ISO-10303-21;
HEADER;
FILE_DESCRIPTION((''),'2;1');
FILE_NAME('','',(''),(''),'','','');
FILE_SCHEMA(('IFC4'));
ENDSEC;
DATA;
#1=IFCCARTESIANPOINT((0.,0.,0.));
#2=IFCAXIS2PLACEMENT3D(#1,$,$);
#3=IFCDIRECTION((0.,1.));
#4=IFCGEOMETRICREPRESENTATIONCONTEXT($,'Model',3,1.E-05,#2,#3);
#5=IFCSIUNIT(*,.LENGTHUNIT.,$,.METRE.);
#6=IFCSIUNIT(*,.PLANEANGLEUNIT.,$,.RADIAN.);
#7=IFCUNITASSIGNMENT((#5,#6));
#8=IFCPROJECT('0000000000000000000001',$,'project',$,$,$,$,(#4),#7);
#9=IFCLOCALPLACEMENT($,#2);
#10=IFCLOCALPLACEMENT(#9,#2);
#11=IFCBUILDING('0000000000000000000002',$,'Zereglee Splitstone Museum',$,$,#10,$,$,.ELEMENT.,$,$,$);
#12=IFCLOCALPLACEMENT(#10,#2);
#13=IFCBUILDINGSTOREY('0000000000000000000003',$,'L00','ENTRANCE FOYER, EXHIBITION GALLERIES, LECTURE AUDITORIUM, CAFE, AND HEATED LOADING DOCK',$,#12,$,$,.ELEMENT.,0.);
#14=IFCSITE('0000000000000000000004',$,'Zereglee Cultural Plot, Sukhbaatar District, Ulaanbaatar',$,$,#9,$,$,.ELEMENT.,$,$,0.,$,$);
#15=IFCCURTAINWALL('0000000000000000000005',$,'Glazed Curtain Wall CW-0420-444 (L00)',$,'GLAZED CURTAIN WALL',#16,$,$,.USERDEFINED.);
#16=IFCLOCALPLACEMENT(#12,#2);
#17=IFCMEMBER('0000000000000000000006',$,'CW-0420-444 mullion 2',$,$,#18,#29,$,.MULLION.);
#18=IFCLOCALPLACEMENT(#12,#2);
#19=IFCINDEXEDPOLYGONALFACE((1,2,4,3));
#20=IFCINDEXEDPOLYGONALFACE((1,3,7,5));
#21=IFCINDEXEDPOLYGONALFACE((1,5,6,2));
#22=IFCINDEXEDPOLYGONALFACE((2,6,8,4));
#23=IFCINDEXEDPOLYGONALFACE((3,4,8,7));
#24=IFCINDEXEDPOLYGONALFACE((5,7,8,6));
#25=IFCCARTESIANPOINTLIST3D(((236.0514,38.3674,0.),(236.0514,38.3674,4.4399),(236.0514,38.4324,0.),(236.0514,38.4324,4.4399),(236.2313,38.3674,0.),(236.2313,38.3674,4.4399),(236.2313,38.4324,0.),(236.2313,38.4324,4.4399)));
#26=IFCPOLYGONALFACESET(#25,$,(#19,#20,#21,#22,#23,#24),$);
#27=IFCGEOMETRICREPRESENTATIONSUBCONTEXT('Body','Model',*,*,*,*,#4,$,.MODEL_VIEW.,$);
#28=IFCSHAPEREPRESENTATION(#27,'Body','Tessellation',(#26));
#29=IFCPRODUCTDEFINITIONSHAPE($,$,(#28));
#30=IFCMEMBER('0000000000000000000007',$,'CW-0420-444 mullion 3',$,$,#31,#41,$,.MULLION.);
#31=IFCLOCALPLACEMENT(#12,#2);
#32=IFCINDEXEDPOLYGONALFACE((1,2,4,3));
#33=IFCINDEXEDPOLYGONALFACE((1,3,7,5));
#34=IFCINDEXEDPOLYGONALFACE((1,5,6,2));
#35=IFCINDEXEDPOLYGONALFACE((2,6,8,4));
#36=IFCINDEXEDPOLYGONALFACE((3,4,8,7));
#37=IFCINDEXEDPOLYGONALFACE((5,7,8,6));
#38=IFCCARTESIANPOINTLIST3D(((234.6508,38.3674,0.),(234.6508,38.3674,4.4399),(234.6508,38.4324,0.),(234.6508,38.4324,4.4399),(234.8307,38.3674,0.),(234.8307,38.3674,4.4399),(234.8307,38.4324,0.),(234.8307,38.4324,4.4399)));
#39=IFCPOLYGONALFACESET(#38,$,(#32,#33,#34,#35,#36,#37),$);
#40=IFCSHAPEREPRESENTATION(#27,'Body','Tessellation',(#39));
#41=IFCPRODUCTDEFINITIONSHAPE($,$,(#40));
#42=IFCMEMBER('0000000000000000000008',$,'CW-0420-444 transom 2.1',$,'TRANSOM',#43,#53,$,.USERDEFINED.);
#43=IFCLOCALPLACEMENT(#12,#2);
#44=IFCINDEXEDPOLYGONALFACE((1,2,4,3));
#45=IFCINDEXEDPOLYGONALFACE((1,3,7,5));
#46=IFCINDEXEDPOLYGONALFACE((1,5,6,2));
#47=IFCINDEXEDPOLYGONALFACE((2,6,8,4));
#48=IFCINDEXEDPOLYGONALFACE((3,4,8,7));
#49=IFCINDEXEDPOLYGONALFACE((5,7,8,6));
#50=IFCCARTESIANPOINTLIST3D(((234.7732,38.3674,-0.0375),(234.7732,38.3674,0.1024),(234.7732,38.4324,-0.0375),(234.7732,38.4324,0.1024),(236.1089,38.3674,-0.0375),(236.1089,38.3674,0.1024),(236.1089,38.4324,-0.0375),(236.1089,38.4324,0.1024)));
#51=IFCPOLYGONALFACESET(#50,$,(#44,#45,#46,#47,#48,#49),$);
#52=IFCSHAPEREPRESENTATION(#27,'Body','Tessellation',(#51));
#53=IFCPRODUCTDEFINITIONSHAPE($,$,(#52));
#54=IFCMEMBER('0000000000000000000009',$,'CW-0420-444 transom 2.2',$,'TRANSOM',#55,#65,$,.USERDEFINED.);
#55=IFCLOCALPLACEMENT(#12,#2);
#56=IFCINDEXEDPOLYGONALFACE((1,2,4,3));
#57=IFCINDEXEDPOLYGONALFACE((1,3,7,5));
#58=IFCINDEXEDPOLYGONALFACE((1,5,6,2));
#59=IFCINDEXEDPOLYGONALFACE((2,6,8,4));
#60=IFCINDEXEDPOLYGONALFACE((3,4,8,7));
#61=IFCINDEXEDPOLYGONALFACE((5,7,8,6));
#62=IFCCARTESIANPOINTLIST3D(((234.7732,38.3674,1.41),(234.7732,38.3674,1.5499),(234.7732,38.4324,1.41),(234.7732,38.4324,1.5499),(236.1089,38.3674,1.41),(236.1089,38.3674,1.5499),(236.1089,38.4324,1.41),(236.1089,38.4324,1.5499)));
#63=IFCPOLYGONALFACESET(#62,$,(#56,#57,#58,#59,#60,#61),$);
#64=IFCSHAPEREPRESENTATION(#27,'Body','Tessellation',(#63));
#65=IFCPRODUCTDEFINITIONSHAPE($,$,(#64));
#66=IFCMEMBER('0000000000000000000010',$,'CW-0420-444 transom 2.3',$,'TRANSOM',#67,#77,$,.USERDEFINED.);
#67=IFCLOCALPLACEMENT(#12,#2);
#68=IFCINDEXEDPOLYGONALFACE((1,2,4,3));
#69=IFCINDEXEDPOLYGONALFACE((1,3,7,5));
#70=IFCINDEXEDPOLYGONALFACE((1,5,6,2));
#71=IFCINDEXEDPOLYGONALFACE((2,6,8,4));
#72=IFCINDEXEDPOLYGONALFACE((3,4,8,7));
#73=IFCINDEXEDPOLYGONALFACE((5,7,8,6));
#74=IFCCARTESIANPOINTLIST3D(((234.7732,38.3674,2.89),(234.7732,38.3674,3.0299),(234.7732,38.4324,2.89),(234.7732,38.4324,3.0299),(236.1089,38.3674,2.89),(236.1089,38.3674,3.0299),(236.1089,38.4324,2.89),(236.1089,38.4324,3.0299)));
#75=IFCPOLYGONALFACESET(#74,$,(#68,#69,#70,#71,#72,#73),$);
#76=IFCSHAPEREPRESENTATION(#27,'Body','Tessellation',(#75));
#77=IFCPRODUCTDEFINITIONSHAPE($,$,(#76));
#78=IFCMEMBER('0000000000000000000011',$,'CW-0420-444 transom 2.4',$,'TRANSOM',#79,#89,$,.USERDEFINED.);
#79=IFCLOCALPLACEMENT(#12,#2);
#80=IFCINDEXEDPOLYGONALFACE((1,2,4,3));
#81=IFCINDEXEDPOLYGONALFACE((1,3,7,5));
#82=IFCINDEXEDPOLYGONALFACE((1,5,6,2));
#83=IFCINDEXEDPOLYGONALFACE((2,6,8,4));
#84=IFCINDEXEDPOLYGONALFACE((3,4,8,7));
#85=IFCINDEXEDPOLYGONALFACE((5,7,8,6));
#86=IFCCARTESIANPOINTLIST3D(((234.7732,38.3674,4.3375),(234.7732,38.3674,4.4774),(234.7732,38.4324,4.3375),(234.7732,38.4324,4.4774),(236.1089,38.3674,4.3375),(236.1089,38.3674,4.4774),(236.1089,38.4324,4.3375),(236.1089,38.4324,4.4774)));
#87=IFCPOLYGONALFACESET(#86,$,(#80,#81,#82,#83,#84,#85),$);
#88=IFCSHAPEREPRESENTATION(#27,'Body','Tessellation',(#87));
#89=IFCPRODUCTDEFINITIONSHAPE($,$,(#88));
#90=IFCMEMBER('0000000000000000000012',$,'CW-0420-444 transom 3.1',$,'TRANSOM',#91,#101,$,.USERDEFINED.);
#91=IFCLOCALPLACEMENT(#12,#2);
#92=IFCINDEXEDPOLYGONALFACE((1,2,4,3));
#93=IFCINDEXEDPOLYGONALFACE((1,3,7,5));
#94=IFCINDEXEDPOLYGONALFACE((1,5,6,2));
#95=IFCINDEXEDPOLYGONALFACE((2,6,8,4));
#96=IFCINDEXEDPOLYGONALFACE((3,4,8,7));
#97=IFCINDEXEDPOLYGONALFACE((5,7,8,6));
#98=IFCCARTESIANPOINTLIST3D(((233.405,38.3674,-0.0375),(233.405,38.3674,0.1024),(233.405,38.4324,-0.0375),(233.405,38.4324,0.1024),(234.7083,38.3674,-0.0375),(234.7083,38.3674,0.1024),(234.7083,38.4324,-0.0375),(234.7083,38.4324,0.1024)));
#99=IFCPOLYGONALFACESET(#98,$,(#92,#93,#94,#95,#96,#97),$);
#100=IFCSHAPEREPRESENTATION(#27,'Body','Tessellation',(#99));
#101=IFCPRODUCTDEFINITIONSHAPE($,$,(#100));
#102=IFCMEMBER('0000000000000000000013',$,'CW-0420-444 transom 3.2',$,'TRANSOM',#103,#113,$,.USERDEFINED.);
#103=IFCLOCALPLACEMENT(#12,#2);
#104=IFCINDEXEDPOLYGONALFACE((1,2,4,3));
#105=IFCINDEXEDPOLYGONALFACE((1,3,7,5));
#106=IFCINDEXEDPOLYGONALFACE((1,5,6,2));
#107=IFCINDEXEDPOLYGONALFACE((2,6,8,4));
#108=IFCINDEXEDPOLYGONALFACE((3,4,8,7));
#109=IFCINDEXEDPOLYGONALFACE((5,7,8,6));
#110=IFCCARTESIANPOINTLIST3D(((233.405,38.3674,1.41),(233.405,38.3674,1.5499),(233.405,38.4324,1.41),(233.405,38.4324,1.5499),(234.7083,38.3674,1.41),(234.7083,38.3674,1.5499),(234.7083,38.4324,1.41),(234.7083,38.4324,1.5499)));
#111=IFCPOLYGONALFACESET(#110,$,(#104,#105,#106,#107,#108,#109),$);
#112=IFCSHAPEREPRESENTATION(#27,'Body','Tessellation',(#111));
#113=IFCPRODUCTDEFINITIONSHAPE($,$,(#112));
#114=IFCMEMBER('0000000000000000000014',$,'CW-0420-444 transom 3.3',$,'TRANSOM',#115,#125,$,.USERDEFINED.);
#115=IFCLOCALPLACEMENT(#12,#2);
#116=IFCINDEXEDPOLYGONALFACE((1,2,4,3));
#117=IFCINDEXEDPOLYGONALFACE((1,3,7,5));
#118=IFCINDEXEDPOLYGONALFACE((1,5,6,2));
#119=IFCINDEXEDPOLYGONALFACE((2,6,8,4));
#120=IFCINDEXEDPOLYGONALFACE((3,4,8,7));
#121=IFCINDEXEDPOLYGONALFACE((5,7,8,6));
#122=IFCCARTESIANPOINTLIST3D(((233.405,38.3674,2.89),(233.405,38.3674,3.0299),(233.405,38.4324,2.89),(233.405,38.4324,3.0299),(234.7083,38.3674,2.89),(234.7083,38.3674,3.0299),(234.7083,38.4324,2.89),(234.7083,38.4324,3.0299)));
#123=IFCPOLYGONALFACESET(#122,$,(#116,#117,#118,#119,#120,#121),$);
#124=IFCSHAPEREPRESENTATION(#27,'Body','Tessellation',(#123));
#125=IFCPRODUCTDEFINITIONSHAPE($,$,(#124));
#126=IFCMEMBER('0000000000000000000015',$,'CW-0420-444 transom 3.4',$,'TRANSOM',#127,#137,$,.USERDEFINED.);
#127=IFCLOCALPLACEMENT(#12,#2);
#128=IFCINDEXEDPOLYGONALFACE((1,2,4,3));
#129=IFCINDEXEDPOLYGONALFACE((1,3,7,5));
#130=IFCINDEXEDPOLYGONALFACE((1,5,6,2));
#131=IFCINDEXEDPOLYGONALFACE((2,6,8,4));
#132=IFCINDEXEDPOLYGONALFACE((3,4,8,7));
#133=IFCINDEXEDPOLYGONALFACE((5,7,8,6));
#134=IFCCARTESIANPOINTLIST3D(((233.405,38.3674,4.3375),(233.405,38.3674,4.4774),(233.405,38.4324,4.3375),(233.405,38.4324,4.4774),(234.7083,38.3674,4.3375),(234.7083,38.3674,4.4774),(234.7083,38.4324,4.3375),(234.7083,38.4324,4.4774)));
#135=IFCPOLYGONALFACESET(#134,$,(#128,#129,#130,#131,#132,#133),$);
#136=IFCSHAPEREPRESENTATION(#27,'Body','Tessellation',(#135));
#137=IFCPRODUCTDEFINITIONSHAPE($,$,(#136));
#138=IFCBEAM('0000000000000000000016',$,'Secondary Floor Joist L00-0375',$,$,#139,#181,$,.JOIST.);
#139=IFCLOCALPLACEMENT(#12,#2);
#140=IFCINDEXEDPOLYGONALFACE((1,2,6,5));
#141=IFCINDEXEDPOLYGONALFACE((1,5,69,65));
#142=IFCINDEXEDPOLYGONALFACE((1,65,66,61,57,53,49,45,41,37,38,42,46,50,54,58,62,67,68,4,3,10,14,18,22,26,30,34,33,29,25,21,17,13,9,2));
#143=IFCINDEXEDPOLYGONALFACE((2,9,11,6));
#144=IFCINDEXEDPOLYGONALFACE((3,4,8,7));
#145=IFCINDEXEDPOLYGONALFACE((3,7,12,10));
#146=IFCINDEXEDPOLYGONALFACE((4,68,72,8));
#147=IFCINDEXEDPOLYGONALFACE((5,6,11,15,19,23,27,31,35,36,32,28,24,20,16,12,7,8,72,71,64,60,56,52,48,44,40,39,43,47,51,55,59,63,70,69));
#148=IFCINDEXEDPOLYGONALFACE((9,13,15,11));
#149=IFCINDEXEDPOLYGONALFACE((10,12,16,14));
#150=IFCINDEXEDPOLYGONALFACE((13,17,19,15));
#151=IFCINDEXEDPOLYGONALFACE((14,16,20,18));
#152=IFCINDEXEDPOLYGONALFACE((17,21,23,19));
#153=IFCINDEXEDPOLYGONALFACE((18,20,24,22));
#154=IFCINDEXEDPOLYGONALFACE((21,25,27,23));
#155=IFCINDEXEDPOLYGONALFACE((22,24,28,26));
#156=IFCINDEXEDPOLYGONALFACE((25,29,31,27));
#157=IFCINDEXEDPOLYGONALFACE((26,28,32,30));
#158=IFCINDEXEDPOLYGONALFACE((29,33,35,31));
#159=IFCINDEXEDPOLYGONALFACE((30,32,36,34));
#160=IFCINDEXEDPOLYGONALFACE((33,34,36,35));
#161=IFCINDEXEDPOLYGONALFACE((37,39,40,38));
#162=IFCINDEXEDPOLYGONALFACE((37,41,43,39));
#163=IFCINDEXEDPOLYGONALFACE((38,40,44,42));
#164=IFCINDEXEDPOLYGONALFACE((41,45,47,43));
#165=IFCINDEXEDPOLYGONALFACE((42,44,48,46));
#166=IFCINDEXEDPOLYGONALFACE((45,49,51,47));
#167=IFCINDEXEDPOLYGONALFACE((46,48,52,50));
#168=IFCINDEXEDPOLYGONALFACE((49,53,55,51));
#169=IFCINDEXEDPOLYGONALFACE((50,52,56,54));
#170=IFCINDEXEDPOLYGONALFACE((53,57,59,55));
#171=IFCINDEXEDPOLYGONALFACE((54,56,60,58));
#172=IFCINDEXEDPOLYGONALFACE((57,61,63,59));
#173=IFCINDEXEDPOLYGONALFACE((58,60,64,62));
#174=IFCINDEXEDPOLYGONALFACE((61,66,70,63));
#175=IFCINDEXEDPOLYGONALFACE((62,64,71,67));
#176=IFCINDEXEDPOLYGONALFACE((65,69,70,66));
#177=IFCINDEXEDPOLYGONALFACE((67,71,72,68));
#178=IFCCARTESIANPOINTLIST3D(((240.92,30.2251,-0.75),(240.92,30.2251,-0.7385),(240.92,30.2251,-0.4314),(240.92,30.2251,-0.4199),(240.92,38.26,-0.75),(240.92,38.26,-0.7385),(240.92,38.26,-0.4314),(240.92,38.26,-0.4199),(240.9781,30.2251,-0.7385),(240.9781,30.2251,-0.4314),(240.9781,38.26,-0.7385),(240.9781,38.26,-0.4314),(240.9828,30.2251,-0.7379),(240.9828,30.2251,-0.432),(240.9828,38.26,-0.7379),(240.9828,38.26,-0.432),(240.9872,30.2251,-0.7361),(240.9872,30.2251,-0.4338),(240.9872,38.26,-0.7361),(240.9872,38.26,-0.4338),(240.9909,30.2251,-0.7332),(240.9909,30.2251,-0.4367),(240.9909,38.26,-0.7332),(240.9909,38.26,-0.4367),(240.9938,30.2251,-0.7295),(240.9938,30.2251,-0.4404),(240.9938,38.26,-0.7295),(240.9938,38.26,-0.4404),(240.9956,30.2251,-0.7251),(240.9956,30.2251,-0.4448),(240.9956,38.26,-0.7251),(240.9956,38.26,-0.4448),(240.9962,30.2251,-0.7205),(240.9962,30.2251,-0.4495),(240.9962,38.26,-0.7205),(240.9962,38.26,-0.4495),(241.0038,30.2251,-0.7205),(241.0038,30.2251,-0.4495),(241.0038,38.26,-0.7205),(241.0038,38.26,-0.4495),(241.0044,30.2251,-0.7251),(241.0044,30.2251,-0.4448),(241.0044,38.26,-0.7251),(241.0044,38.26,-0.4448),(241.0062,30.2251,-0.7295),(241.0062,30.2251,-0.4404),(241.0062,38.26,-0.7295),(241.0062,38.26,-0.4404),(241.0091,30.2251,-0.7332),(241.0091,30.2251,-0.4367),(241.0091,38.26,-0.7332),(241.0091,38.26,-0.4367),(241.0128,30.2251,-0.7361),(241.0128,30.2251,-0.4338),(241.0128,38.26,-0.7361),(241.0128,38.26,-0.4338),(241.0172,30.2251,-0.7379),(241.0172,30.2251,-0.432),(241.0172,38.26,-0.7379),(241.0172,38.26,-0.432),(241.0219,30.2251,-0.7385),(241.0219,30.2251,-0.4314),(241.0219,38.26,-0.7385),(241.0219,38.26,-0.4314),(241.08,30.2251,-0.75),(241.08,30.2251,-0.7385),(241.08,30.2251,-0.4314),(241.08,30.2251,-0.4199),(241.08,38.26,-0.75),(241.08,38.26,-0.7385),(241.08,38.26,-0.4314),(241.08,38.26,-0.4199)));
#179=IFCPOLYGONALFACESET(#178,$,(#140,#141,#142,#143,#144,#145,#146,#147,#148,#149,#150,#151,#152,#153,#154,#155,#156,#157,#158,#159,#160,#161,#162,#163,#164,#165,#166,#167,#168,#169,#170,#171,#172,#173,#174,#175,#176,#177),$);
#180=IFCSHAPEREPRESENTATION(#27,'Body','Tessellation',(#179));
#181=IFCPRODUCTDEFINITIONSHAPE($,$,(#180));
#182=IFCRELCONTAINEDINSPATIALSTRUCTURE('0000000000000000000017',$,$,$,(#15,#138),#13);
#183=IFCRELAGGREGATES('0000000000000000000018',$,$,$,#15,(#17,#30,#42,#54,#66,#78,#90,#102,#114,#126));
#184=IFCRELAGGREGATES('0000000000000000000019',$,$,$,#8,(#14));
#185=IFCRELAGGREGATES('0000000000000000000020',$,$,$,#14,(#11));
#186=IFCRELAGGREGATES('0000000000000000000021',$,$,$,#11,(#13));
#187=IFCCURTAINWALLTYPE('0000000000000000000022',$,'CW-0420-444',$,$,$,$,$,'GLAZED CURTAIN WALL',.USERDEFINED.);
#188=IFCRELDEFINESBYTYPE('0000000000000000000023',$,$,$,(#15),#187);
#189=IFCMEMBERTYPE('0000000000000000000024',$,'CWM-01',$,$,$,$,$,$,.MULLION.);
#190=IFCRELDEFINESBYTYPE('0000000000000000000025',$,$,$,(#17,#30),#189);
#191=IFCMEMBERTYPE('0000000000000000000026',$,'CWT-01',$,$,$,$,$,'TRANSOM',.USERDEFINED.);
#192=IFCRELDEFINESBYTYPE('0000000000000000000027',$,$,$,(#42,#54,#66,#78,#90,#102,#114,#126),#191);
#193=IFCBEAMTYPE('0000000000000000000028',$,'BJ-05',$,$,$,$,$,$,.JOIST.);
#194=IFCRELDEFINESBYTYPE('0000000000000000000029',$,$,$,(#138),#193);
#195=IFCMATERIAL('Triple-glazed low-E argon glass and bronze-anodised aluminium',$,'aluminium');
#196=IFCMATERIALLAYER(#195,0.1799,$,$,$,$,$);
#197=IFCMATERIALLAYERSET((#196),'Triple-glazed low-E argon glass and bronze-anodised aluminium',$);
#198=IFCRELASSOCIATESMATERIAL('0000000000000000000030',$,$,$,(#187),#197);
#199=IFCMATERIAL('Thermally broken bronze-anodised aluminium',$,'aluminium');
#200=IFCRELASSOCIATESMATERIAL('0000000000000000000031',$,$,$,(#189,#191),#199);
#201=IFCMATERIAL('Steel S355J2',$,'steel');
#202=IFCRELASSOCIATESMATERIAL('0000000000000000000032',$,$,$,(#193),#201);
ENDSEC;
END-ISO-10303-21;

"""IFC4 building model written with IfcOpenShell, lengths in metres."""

from ifc_helpers import new_model, si_unit, direction, frame, origin, origin_2d, place, context, subcontext, project, spatial, rectangle, i_section, extrude, material, layer, layer_set, material_profile, profile_set, type_object, element, aggregate, save


model = new_model("IFC4")

# Units and contexts
model_context = context("Model", 3, precision=1e-05, world=origin(), true_north=direction((0.0, 1.0)))
body_context = subcontext(model_context, "Body", "Model", "MODEL_VIEW")
ifc_project = project(units=[si_unit("LENGTHUNIT", "METRE"), si_unit("PLANEANGLEUNIT", "RADIAN")], contexts=[model_context])

# Site, building, storey
site_placement = place(None, origin())
site = spatial("IfcSite", under=ifc_project, at=site_placement, Name="Zereglee Cultural Plot, Sukhbaatar District, Ulaanbaatar", CompositionType="ELEMENT", RefElevation=0.0)
building_placement = place(site_placement, origin())
building = spatial("IfcBuilding", under=site, at=building_placement, Name="Zereglee Splitstone Museum", CompositionType="ELEMENT")
storey_placement = place(building_placement, origin())
storey = spatial("IfcBuildingStorey", under=building, at=storey_placement, Name="L00", Description="ENTRANCE FOYER, EXHIBITION GALLERIES, LECTURE AUDITORIUM, CAFE, AND HEATED LOADING DOCK", CompositionType="ELEMENT", Elevation=0.0)

# Curtain wall, members
ifc_material_1 = material(Name="Triple-glazed low-E argon glass and bronze-anodised aluminium", Category="aluminium")
ifc_layer_1 = layer(ifc_material_1, 0.1799)
ifc_layer_set_1 = layer_set([ifc_layer_1], Name="Triple-glazed low-E argon glass and bronze-anodised aluminium")
curtain_wall_type = type_object("IfcCurtainWallType", Name="CW-0420-444", ElementType="GLAZED CURTAIN WALL", PredefinedType="USERDEFINED", material=ifc_layer_set_1)
curtain_wall_placement = place(storey_placement, origin())
curtain_wall = element("IfcCurtainWall", 1, at=curtain_wall_placement, inside=storey, type_object=curtain_wall_type, Name="Glazed Curtain Wall CW-0420-444 (L00)", ObjectType="GLAZED CURTAIN WALL", PredefinedType="USERDEFINED")
ifc_material_2 = material(Name="Thermally broken bronze-anodised aluminium", Category="aluminium")
ifc_material_profile_1 = material_profile(ifc_material_2, rectangle(XDim=0.0649, YDim=0.1799, at=origin_2d()), Name="CW MULL 65x180")
ifc_profile_set_1 = profile_set([ifc_material_profile_1], Name="Thermally broken bronze-anodised aluminium")
member_type_1 = type_object("IfcMemberType", Name="CWM-01", PredefinedType="MULLION", material=ifc_profile_set_1)
member_1_placement = place(storey_placement, frame((236.1414, 38.3999, 0.0), z_axis=(0.0, 0.0, 1.0), x_axis=(0.0, -1.0, 0.0)))
member_1 = element("IfcMember", 2, at=member_1_placement, type_object=member_type_1, Name="CW-0420-444 mullion 2", PredefinedType="MULLION", context=body_context, shape_type="SweptSolid", body=[
    extrude(rectangle(XDim=0.0649, YDim=0.1799, at=origin_2d()), origin(), (0.0, 0.0, 1.0), 4.4399),
])
member_2_placement = place(storey_placement, frame((234.7407, 38.3999, 0.0), z_axis=(0.0, 0.0, 1.0), x_axis=(0.0, -1.0, 0.0)))
member_2 = element("IfcMember", 3, at=member_2_placement, type_object=member_type_1, Name="CW-0420-444 mullion 3", PredefinedType="MULLION", context=body_context, shape_type="SweptSolid", body=[
    extrude(rectangle(XDim=0.0649, YDim=0.1799, at=origin_2d()), origin(), (0.0, 0.0, 1.0), 4.4399),
])
ifc_material_profile_2 = material_profile(ifc_material_2, rectangle(XDim=0.0649, YDim=0.1399, at=origin_2d()), Name="CW TRAN 65x140")
ifc_profile_set_2 = profile_set([ifc_material_profile_2], Name="Thermally broken bronze-anodised aluminium")
member_type_2 = type_object("IfcMemberType", Name="CWT-01", ElementType="TRANSOM", PredefinedType="USERDEFINED", material=ifc_profile_set_2)
member_3_placement = place(storey_placement, frame((236.1089, 38.3999, 0.0325), z_axis=(-1.0, 0.0, 0.0), x_axis=(0.0, -1.0, 0.0)))
member_3 = element("IfcMember", 4, at=member_3_placement, type_object=member_type_2, Name="CW-0420-444 transom 2.1", ObjectType="TRANSOM", PredefinedType="USERDEFINED", context=body_context, shape_type="SweptSolid", body=[
    extrude(rectangle(XDim=0.0649, YDim=0.1399, at=origin_2d()), origin(), (0.0, 0.0, 1.0), 1.3357),
])
member_4_placement = place(storey_placement, frame((236.1089, 38.3999, 1.48), z_axis=(-1.0, 0.0, 0.0), x_axis=(0.0, -1.0, 0.0)))
member_4 = element("IfcMember", 5, at=member_4_placement, type_object=member_type_2, Name="CW-0420-444 transom 2.2", ObjectType="TRANSOM", PredefinedType="USERDEFINED", context=body_context, shape_type="SweptSolid", body=[
    extrude(rectangle(XDim=0.0649, YDim=0.1399, at=origin_2d()), origin(), (0.0, 0.0, 1.0), 1.3357),
])
member_5_placement = place(storey_placement, frame((236.1089, 38.3999, 2.96), z_axis=(-1.0, 0.0, 0.0), x_axis=(0.0, -1.0, 0.0)))
member_5 = element("IfcMember", 6, at=member_5_placement, type_object=member_type_2, Name="CW-0420-444 transom 2.3", ObjectType="TRANSOM", PredefinedType="USERDEFINED", context=body_context, shape_type="SweptSolid", body=[
    extrude(rectangle(XDim=0.0649, YDim=0.1399, at=origin_2d()), origin(), (0.0, 0.0, 1.0), 1.3357),
])
member_6_placement = place(storey_placement, frame((236.1089, 38.3999, 4.4075), z_axis=(-1.0, 0.0, 0.0), x_axis=(0.0, -1.0, 0.0)))
member_6 = element("IfcMember", 7, at=member_6_placement, type_object=member_type_2, Name="CW-0420-444 transom 2.4", ObjectType="TRANSOM", PredefinedType="USERDEFINED", context=body_context, shape_type="SweptSolid", body=[
    extrude(rectangle(XDim=0.0649, YDim=0.1399, at=origin_2d()), origin(), (0.0, 0.0, 1.0), 1.3357),
])
member_7_placement = place(storey_placement, frame((234.7083, 38.3999, 0.0325), z_axis=(-1.0, 0.0, 0.0), x_axis=(0.0, -1.0, 0.0)))
member_7 = element("IfcMember", 8, at=member_7_placement, type_object=member_type_2, Name="CW-0420-444 transom 3.1", ObjectType="TRANSOM", PredefinedType="USERDEFINED", context=body_context, shape_type="SweptSolid", body=[
    extrude(rectangle(XDim=0.0649, YDim=0.1399, at=origin_2d()), origin(), (0.0, 0.0, 1.0), 1.3032),
])
member_8_placement = place(storey_placement, frame((234.7083, 38.3999, 1.48), z_axis=(-1.0, 0.0, 0.0), x_axis=(0.0, -1.0, 0.0)))
member_8 = element("IfcMember", 9, at=member_8_placement, type_object=member_type_2, Name="CW-0420-444 transom 3.2", ObjectType="TRANSOM", PredefinedType="USERDEFINED", context=body_context, shape_type="SweptSolid", body=[
    extrude(rectangle(XDim=0.0649, YDim=0.1399, at=origin_2d()), origin(), (0.0, 0.0, 1.0), 1.3032),
])
member_9_placement = place(storey_placement, frame((234.7083, 38.3999, 2.96), z_axis=(-1.0, 0.0, 0.0), x_axis=(0.0, -1.0, 0.0)))
member_9 = element("IfcMember", 10, at=member_9_placement, type_object=member_type_2, Name="CW-0420-444 transom 3.3", ObjectType="TRANSOM", PredefinedType="USERDEFINED", context=body_context, shape_type="SweptSolid", body=[
    extrude(rectangle(XDim=0.0649, YDim=0.1399, at=origin_2d()), origin(), (0.0, 0.0, 1.0), 1.3032),
])
member_10_placement = place(storey_placement, frame((234.7083, 38.3999, 4.4075), z_axis=(-1.0, 0.0, 0.0), x_axis=(0.0, -1.0, 0.0)))
member_10 = element("IfcMember", 11, at=member_10_placement, type_object=member_type_2, Name="CW-0420-444 transom 3.4", ObjectType="TRANSOM", PredefinedType="USERDEFINED", context=body_context, shape_type="SweptSolid", body=[
    extrude(rectangle(XDim=0.0649, YDim=0.1399, at=origin_2d()), origin(), (0.0, 0.0, 1.0), 1.3032),
])

# Beam
ifc_material_3 = material(Name="Steel S355J2", Category="steel")
ifc_material_profile_3 = material_profile(ifc_material_3, i_section(OverallWidth=0.1599, OverallDepth=0.3301, WebThickness=0.0076, FlangeThickness=0.0115, FilletRadius=0.0181, at=origin_2d()), Name="IPE 330")
ifc_profile_set_3 = profile_set([ifc_material_profile_3], Name="Steel S355J2")
beam_type_1 = type_object("IfcBeamType", Name="BJ-05", PredefinedType="JOIST", material=ifc_profile_set_3)
beam_1_placement = place(storey_placement, frame((241.0, 30.2251, -0.585), z_axis=(0.0, 1.0, 0.0), x_axis=(-1.0, 0.0, 0.0)))
element("IfcBeam", 12, at=beam_1_placement, inside=storey, type_object=beam_type_1, Name="Secondary Floor Joist L00-0375", PredefinedType="JOIST", context=body_context, shape_type="SweptSolid", body=[
    extrude(i_section(OverallWidth=0.1599, OverallDepth=0.3301, WebThickness=0.0076, FlangeThickness=0.0115, FilletRadius=0.0181, at=origin_2d()), origin(), (0.0, 0.0, 1.0), 8.0349),
])

aggregate(curtain_wall, [member_1, member_2, member_3, member_4, member_5, member_6, member_7, member_8, member_9, member_10])

save(model, "model.ifc")
